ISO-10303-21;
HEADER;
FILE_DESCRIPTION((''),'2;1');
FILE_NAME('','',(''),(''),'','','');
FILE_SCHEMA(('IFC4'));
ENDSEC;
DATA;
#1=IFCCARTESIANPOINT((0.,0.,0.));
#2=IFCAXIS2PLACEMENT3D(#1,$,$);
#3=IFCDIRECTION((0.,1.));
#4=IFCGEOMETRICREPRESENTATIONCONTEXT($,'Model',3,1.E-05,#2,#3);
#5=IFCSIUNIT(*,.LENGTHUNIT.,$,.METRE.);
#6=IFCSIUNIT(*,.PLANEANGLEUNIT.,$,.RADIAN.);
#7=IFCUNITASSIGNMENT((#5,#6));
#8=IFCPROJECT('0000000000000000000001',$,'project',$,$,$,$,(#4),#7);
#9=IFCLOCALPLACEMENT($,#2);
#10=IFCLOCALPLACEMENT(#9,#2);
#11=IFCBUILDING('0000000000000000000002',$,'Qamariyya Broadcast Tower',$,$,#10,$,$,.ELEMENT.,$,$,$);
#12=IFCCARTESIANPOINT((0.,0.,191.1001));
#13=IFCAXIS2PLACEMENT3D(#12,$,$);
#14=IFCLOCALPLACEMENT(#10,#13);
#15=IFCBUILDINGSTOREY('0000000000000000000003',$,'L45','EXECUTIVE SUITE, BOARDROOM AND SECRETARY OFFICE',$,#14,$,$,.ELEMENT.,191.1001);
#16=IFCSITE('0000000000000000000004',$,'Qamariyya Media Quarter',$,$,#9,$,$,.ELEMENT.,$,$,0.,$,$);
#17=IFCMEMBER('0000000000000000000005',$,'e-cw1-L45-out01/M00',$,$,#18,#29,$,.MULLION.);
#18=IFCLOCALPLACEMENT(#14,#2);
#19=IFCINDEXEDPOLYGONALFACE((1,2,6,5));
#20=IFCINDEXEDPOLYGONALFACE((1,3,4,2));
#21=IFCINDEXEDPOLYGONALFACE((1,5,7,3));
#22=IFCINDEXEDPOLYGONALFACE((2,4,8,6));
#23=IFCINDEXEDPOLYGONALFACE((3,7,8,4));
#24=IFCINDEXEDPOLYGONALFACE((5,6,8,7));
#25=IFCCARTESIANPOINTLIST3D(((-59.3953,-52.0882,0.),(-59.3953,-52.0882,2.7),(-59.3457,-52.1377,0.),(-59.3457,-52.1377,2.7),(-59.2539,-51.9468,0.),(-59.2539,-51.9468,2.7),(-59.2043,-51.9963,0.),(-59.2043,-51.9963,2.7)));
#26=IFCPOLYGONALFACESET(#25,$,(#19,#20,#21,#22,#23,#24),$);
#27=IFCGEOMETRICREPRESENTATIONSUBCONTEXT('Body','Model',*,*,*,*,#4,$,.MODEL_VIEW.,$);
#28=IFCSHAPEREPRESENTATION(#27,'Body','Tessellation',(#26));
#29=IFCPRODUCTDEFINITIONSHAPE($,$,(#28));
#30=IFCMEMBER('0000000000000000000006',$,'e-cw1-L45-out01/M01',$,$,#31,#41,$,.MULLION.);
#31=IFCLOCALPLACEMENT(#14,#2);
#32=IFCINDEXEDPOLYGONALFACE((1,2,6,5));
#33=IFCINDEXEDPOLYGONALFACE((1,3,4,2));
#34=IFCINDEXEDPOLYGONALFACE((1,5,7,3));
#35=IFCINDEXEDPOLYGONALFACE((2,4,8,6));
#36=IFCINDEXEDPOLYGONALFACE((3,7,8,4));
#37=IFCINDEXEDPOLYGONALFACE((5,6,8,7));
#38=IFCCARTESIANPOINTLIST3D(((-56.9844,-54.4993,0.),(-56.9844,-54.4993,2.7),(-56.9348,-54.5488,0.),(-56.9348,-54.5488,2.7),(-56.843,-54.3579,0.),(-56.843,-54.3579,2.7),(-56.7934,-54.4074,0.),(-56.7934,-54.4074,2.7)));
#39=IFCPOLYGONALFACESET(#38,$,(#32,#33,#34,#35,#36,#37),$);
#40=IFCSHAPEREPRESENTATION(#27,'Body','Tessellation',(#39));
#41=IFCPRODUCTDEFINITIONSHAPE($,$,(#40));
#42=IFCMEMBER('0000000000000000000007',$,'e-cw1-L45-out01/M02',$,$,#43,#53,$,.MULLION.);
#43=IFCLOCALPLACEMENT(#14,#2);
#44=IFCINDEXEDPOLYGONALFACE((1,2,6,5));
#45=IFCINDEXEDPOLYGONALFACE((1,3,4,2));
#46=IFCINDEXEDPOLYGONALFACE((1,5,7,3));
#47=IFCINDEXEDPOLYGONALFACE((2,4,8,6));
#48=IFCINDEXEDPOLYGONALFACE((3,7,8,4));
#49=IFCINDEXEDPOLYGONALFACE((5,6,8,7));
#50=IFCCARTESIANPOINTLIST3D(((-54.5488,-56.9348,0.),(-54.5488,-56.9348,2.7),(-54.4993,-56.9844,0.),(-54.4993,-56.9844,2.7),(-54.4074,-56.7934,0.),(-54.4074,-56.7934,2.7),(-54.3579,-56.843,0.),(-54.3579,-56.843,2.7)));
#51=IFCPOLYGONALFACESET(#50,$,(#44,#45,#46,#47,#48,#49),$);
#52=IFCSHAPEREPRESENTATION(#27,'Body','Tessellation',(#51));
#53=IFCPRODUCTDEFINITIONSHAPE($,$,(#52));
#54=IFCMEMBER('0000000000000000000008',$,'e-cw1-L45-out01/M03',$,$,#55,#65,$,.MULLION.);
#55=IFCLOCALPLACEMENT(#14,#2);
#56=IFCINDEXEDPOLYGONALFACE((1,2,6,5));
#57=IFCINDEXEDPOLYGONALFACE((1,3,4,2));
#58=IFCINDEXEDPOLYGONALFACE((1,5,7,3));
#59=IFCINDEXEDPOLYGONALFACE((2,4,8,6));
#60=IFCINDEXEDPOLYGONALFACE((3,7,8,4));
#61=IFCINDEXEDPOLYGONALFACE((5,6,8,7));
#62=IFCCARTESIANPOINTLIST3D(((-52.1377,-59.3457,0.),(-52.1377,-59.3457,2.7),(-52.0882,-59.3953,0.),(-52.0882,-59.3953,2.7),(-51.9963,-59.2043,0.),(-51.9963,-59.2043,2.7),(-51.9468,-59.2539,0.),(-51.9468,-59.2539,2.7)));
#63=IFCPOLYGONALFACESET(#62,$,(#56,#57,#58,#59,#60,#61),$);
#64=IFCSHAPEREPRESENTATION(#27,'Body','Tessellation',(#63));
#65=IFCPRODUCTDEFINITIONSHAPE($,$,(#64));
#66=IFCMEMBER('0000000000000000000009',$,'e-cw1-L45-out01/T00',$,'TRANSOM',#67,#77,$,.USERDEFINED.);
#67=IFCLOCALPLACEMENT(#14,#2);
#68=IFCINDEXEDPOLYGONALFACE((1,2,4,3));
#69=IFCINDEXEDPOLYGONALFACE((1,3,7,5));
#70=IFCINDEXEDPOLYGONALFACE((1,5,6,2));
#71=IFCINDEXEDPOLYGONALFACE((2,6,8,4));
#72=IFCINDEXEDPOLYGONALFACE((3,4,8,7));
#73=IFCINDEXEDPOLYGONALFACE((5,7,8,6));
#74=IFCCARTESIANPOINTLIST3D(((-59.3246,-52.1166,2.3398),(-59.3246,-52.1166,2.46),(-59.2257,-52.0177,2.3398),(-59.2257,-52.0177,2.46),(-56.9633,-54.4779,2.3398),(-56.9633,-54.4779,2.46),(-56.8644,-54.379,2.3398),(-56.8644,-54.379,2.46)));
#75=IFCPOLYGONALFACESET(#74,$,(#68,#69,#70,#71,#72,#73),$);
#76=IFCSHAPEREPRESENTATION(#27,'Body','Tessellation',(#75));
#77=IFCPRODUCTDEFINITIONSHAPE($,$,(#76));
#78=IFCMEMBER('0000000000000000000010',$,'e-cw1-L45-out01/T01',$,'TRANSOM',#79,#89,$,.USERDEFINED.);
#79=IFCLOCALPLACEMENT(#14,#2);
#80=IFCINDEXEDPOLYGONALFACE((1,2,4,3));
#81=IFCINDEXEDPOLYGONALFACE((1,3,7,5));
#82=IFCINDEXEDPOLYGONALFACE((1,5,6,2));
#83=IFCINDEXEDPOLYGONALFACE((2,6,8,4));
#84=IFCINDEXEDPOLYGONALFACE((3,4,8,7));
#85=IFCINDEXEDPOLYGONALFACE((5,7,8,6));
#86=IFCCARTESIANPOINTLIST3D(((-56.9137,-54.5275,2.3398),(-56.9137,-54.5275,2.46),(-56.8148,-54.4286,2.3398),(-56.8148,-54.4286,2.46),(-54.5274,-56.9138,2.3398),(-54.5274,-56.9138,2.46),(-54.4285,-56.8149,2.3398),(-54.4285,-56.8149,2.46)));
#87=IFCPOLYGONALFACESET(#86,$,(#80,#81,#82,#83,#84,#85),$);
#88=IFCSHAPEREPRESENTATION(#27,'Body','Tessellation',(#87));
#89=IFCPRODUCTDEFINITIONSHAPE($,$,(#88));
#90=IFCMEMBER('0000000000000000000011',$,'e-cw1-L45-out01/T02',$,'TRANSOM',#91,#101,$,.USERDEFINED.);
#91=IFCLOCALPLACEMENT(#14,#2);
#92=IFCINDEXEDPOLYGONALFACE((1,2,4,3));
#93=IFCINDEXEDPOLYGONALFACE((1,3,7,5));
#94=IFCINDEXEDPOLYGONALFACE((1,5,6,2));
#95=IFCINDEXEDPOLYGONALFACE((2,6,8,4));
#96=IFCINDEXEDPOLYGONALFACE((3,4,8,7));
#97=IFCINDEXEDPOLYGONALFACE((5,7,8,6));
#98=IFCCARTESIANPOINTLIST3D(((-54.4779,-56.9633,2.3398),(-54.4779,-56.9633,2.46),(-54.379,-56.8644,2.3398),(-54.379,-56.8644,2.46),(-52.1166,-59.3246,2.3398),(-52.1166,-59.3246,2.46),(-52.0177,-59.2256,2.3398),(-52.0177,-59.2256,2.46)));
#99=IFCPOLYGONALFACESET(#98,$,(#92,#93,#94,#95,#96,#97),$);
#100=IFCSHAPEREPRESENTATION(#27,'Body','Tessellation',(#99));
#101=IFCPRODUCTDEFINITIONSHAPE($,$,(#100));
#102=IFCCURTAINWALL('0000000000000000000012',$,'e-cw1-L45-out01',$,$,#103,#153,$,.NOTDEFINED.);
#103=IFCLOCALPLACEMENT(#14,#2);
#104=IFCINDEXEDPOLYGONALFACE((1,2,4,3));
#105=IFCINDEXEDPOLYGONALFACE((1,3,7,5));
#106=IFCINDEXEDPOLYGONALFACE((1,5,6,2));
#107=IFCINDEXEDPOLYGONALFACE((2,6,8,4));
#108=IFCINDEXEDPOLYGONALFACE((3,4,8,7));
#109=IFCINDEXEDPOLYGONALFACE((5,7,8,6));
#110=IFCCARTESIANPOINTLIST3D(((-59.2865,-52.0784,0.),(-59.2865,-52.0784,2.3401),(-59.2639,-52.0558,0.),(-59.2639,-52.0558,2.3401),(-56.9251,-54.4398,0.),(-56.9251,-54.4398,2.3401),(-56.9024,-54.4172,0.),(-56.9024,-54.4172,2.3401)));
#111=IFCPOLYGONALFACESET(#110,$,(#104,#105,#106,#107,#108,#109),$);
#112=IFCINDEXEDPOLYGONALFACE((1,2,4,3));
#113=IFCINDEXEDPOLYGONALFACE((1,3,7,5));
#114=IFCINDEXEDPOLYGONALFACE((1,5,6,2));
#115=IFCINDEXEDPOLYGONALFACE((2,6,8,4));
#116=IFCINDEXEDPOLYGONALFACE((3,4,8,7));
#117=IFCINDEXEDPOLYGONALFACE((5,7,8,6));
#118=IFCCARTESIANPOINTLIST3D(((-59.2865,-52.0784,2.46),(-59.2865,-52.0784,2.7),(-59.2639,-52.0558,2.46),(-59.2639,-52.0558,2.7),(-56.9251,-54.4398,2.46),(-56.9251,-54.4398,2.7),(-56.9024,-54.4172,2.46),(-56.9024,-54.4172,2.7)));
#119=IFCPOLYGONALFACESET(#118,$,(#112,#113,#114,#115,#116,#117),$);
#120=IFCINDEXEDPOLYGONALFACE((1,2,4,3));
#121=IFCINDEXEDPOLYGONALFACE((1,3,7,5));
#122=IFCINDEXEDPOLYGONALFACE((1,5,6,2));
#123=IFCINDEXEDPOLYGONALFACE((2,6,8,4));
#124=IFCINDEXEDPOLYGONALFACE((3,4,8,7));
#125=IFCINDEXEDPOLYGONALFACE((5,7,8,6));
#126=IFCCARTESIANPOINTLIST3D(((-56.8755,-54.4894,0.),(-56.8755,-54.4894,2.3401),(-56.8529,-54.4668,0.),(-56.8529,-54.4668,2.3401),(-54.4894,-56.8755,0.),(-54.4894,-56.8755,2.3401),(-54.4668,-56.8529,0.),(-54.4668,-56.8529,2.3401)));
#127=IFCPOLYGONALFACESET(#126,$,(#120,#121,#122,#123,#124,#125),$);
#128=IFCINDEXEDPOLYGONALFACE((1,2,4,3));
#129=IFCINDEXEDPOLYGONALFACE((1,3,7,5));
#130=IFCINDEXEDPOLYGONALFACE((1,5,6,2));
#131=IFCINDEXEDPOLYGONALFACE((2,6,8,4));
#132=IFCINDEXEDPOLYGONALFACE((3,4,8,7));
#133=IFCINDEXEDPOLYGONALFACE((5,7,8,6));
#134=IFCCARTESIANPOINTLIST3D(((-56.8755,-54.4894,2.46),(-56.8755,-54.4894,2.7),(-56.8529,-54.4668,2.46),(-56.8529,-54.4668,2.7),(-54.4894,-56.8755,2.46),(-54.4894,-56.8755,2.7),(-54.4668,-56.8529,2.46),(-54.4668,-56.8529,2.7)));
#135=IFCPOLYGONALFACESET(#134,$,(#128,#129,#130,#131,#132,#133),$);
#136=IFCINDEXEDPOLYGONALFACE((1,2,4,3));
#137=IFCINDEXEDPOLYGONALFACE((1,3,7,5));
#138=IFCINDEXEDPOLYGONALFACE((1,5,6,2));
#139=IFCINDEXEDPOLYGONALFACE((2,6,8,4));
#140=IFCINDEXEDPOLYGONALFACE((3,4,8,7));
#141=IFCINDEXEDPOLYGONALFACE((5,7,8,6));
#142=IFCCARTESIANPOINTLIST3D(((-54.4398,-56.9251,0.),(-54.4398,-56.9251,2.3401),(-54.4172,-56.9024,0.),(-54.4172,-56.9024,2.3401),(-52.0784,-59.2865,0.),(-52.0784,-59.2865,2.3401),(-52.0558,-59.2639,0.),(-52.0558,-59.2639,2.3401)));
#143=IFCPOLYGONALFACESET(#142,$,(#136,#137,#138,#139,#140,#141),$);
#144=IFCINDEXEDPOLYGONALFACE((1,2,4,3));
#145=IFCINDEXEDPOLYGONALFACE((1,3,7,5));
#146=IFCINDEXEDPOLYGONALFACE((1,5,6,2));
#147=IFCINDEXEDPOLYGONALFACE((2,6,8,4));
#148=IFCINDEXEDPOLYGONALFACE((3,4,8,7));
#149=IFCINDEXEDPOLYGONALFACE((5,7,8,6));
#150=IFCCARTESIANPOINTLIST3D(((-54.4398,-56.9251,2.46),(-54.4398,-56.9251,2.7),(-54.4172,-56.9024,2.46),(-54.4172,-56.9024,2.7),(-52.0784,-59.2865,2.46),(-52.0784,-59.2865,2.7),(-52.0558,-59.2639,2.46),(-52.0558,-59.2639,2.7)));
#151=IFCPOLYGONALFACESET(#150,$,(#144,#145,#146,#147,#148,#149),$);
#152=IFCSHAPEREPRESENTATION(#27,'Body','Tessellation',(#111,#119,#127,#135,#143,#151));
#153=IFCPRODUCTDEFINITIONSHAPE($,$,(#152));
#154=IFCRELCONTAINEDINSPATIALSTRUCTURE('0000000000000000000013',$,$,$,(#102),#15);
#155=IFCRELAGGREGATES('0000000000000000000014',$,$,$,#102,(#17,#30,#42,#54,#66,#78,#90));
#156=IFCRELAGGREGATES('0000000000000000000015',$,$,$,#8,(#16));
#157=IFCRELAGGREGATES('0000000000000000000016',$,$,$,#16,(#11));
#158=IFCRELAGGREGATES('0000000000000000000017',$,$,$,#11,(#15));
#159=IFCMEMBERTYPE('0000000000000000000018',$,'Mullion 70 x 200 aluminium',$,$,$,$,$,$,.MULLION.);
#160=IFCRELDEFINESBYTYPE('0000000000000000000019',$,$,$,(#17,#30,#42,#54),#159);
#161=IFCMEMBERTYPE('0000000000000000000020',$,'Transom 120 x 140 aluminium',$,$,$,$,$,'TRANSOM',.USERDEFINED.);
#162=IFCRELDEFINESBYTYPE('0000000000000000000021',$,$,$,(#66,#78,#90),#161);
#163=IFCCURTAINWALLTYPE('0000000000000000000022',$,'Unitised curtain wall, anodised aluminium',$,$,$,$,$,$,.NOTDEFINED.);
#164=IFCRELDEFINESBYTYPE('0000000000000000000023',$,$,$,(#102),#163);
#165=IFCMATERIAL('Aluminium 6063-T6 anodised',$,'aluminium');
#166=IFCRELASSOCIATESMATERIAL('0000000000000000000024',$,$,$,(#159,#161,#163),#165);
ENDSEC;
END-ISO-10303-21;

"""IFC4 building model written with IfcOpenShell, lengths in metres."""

from ifc_helpers import new_model, si_unit, direction, frame, origin, origin_2d, place, context, subcontext, project, spatial, rectangle, extrude, material, material_profile, profile_set, type_object, element, aggregate, save


model = new_model("IFC4")

# Units and contexts
model_context = context("Model", 3, precision=1e-05, world=origin(), true_north=direction((0.0, 1.0)))
body_context = subcontext(model_context, "Body", "Model", "MODEL_VIEW")
ifc_project = project(units=[si_unit("LENGTHUNIT", "METRE"), si_unit("PLANEANGLEUNIT", "RADIAN")], contexts=[model_context])

# Members
ifc_material_1 = material(Name="Aluminium 6063-T6 anodised", Category="aluminium")
ifc_material_profile_1 = material_profile(ifc_material_1, rectangle(XDim=0.2, YDim=0.0701, at=origin_2d()))
ifc_profile_set_1 = profile_set([ifc_material_profile_1], Name="Aluminium 6063-T6 anodised")
member_type_1 = type_object("IfcMemberType", Name="Mullion 70 x 200 aluminium", PredefinedType="MULLION", material=ifc_profile_set_1)
site_placement = place(None, origin())
building_placement = place(site_placement, origin())
storey_placement = place(building_placement, frame((0.0, 0.0, 191.1001)))
member_1_placement = place(storey_placement, frame((-59.2998, -52.0422, 0.0), z_axis=(0.0, 0.0, 1.0), x_axis=(0.707107, 0.707107, 0.0)))
member_1 = element("IfcMember", 1, at=member_1_placement, type_object=member_type_1, Name="e-cw1-L45-out01/M00", PredefinedType="MULLION", context=body_context, shape_type="SweptSolid", body=[
    extrude(rectangle(XDim=0.2, YDim=0.0701, at=origin_2d()), origin(), (0.0, 0.0, 1.0), 2.7),
])
member_2_placement = place(storey_placement, frame((-56.8889, -54.4534, 0.0), z_axis=(0.0, 0.0, 1.0), x_axis=(0.707107, 0.707107, 0.0)))
member_2 = element("IfcMember", 2, at=member_2_placement, type_object=member_type_1, Name="e-cw1-L45-out01/M01", PredefinedType="MULLION", context=body_context, shape_type="SweptSolid", body=[
    extrude(rectangle(XDim=0.2, YDim=0.0701, at=origin_2d()), origin(), (0.0, 0.0, 1.0), 2.7),
])
member_3_placement = place(storey_placement, frame((-54.4534, -56.8889, 0.0), z_axis=(0.0, 0.0, 1.0), x_axis=(0.707107, 0.707107, 0.0)))
member_3 = element("IfcMember", 3, at=member_3_placement, type_object=member_type_1, Name="e-cw1-L45-out01/M02", PredefinedType="MULLION", context=body_context, shape_type="SweptSolid", body=[
    extrude(rectangle(XDim=0.2, YDim=0.0701, at=origin_2d()), origin(), (0.0, 0.0, 1.0), 2.7),
])
member_4_placement = place(storey_placement, frame((-52.0422, -59.2998, 0.0), z_axis=(0.0, 0.0, 1.0), x_axis=(0.707107, 0.707107, 0.0)))
member_4 = element("IfcMember", 4, at=member_4_placement, type_object=member_type_1, Name="e-cw1-L45-out01/M03", PredefinedType="MULLION", context=body_context, shape_type="SweptSolid", body=[
    extrude(rectangle(XDim=0.2, YDim=0.0701, at=origin_2d()), origin(), (0.0, 0.0, 1.0), 2.7),
])
ifc_material_profile_2 = material_profile(ifc_material_1, rectangle(XDim=0.1399, YDim=0.1201, at=origin_2d()))
ifc_profile_set_2 = profile_set([ifc_material_profile_2], Name="Aluminium 6063-T6 anodised")
member_type_2 = type_object("IfcMemberType", Name="Transom 120 x 140 aluminium", ElementType="TRANSOM", PredefinedType="USERDEFINED", material=ifc_profile_set_2)
member_5_placement = place(storey_placement, frame((-59.2751, -52.0671, 2.3999), z_axis=(0.707107, -0.707107, 0.0), x_axis=(0.707107, 0.707107, 0.0)))
member_5 = element("IfcMember", 5, at=member_5_placement, type_object=member_type_2, Name="e-cw1-L45-out01/T00", ObjectType="TRANSOM", PredefinedType="USERDEFINED", context=body_context, shape_type="SweptSolid", body=[
    extrude(rectangle(XDim=0.1399, YDim=0.1201, at=origin_2d()), origin(), (0.0, 0.0, 1.0), 3.3394),
])
member_6_placement = place(storey_placement, frame((-56.8643, -54.478, 2.3999), z_axis=(0.707107, -0.707107, 0.0), x_axis=(0.707107, 0.707107, 0.0)))
member_6 = element("IfcMember", 6, at=member_6_placement, type_object=member_type_2, Name="e-cw1-L45-out01/T01", ObjectType="TRANSOM", PredefinedType="USERDEFINED", context=body_context, shape_type="SweptSolid", body=[
    extrude(rectangle(XDim=0.1399, YDim=0.1201, at=origin_2d()), origin(), (0.0, 0.0, 1.0), 3.3748),
])
member_7_placement = place(storey_placement, frame((-54.4285, -56.9138, 2.3999), z_axis=(0.707107, -0.707107, 0.0), x_axis=(0.707107, 0.707107, 0.0)))
member_7 = element("IfcMember", 7, at=member_7_placement, type_object=member_type_2, Name="e-cw1-L45-out01/T02", ObjectType="TRANSOM", PredefinedType="USERDEFINED", context=body_context, shape_type="SweptSolid", body=[
    extrude(rectangle(XDim=0.1399, YDim=0.1201, at=origin_2d()), origin(), (0.0, 0.0, 1.0), 3.3394),
])

# Site, building, storey
site = spatial("IfcSite", under=ifc_project, at=site_placement, Name="Qamariyya Media Quarter", CompositionType="ELEMENT", RefElevation=0.0)
building = spatial("IfcBuilding", under=site, at=building_placement, Name="Qamariyya Broadcast Tower", CompositionType="ELEMENT")
storey = spatial("IfcBuildingStorey", under=building, at=storey_placement, Name="L45", Description="EXECUTIVE SUITE, BOARDROOM AND SECRETARY OFFICE", CompositionType="ELEMENT", Elevation=191.1001)

# Curtain wall
curtain_wall_type = type_object("IfcCurtainWallType", Name="Unitised curtain wall, anodised aluminium", PredefinedType="NOTDEFINED", material=ifc_material_1)
curtain_wall_1_placement = place(storey_placement, origin())
curtain_wall_1 = element("IfcCurtainWall", 8, at=curtain_wall_1_placement, inside=storey, type_object=curtain_wall_type, Name="e-cw1-L45-out01", PredefinedType="NOTDEFINED", context=body_context, shape_type="SweptSolid", body=[
    extrude(rectangle(XDim=3.3396, YDim=0.032, at=origin_2d()), frame((-58.0945, -53.2478, 0.0), x_axis=(0.707107, -0.707107, 0.0)), (0.0, 0.0, 1.0), 2.3401),
    extrude(rectangle(XDim=3.3396, YDim=0.032, at=origin_2d()), frame((-58.0945, -53.2478, 2.46), x_axis=(0.707107, -0.707107, 0.0)), (0.0, 0.0, 1.0), 0.24),
    extrude(rectangle(XDim=3.3745, YDim=0.032, at=origin_2d()), frame((-55.6711, -55.6711, 0.0), x_axis=(0.707107, -0.707107, 0.0)), (0.0, 0.0, 1.0), 2.3401),
    extrude(rectangle(XDim=3.3745, YDim=0.032, at=origin_2d()), frame((-55.6711, -55.6711, 2.46), x_axis=(0.707107, -0.707107, 0.0)), (0.0, 0.0, 1.0), 0.24),
    extrude(rectangle(XDim=3.3396, YDim=0.032, at=origin_2d()), frame((-53.2478, -58.0945, 0.0), x_axis=(0.707107, -0.707107, 0.0)), (0.0, 0.0, 1.0), 2.3401),
    extrude(rectangle(XDim=3.3396, YDim=0.032, at=origin_2d()), frame((-53.2478, -58.0945, 2.46), x_axis=(0.707107, -0.707107, 0.0)), (0.0, 0.0, 1.0), 0.24),
])
aggregate(curtain_wall_1, [member_1, member_2, member_3, member_4, member_5, member_6, member_7])

save(model, "model.ifc")
